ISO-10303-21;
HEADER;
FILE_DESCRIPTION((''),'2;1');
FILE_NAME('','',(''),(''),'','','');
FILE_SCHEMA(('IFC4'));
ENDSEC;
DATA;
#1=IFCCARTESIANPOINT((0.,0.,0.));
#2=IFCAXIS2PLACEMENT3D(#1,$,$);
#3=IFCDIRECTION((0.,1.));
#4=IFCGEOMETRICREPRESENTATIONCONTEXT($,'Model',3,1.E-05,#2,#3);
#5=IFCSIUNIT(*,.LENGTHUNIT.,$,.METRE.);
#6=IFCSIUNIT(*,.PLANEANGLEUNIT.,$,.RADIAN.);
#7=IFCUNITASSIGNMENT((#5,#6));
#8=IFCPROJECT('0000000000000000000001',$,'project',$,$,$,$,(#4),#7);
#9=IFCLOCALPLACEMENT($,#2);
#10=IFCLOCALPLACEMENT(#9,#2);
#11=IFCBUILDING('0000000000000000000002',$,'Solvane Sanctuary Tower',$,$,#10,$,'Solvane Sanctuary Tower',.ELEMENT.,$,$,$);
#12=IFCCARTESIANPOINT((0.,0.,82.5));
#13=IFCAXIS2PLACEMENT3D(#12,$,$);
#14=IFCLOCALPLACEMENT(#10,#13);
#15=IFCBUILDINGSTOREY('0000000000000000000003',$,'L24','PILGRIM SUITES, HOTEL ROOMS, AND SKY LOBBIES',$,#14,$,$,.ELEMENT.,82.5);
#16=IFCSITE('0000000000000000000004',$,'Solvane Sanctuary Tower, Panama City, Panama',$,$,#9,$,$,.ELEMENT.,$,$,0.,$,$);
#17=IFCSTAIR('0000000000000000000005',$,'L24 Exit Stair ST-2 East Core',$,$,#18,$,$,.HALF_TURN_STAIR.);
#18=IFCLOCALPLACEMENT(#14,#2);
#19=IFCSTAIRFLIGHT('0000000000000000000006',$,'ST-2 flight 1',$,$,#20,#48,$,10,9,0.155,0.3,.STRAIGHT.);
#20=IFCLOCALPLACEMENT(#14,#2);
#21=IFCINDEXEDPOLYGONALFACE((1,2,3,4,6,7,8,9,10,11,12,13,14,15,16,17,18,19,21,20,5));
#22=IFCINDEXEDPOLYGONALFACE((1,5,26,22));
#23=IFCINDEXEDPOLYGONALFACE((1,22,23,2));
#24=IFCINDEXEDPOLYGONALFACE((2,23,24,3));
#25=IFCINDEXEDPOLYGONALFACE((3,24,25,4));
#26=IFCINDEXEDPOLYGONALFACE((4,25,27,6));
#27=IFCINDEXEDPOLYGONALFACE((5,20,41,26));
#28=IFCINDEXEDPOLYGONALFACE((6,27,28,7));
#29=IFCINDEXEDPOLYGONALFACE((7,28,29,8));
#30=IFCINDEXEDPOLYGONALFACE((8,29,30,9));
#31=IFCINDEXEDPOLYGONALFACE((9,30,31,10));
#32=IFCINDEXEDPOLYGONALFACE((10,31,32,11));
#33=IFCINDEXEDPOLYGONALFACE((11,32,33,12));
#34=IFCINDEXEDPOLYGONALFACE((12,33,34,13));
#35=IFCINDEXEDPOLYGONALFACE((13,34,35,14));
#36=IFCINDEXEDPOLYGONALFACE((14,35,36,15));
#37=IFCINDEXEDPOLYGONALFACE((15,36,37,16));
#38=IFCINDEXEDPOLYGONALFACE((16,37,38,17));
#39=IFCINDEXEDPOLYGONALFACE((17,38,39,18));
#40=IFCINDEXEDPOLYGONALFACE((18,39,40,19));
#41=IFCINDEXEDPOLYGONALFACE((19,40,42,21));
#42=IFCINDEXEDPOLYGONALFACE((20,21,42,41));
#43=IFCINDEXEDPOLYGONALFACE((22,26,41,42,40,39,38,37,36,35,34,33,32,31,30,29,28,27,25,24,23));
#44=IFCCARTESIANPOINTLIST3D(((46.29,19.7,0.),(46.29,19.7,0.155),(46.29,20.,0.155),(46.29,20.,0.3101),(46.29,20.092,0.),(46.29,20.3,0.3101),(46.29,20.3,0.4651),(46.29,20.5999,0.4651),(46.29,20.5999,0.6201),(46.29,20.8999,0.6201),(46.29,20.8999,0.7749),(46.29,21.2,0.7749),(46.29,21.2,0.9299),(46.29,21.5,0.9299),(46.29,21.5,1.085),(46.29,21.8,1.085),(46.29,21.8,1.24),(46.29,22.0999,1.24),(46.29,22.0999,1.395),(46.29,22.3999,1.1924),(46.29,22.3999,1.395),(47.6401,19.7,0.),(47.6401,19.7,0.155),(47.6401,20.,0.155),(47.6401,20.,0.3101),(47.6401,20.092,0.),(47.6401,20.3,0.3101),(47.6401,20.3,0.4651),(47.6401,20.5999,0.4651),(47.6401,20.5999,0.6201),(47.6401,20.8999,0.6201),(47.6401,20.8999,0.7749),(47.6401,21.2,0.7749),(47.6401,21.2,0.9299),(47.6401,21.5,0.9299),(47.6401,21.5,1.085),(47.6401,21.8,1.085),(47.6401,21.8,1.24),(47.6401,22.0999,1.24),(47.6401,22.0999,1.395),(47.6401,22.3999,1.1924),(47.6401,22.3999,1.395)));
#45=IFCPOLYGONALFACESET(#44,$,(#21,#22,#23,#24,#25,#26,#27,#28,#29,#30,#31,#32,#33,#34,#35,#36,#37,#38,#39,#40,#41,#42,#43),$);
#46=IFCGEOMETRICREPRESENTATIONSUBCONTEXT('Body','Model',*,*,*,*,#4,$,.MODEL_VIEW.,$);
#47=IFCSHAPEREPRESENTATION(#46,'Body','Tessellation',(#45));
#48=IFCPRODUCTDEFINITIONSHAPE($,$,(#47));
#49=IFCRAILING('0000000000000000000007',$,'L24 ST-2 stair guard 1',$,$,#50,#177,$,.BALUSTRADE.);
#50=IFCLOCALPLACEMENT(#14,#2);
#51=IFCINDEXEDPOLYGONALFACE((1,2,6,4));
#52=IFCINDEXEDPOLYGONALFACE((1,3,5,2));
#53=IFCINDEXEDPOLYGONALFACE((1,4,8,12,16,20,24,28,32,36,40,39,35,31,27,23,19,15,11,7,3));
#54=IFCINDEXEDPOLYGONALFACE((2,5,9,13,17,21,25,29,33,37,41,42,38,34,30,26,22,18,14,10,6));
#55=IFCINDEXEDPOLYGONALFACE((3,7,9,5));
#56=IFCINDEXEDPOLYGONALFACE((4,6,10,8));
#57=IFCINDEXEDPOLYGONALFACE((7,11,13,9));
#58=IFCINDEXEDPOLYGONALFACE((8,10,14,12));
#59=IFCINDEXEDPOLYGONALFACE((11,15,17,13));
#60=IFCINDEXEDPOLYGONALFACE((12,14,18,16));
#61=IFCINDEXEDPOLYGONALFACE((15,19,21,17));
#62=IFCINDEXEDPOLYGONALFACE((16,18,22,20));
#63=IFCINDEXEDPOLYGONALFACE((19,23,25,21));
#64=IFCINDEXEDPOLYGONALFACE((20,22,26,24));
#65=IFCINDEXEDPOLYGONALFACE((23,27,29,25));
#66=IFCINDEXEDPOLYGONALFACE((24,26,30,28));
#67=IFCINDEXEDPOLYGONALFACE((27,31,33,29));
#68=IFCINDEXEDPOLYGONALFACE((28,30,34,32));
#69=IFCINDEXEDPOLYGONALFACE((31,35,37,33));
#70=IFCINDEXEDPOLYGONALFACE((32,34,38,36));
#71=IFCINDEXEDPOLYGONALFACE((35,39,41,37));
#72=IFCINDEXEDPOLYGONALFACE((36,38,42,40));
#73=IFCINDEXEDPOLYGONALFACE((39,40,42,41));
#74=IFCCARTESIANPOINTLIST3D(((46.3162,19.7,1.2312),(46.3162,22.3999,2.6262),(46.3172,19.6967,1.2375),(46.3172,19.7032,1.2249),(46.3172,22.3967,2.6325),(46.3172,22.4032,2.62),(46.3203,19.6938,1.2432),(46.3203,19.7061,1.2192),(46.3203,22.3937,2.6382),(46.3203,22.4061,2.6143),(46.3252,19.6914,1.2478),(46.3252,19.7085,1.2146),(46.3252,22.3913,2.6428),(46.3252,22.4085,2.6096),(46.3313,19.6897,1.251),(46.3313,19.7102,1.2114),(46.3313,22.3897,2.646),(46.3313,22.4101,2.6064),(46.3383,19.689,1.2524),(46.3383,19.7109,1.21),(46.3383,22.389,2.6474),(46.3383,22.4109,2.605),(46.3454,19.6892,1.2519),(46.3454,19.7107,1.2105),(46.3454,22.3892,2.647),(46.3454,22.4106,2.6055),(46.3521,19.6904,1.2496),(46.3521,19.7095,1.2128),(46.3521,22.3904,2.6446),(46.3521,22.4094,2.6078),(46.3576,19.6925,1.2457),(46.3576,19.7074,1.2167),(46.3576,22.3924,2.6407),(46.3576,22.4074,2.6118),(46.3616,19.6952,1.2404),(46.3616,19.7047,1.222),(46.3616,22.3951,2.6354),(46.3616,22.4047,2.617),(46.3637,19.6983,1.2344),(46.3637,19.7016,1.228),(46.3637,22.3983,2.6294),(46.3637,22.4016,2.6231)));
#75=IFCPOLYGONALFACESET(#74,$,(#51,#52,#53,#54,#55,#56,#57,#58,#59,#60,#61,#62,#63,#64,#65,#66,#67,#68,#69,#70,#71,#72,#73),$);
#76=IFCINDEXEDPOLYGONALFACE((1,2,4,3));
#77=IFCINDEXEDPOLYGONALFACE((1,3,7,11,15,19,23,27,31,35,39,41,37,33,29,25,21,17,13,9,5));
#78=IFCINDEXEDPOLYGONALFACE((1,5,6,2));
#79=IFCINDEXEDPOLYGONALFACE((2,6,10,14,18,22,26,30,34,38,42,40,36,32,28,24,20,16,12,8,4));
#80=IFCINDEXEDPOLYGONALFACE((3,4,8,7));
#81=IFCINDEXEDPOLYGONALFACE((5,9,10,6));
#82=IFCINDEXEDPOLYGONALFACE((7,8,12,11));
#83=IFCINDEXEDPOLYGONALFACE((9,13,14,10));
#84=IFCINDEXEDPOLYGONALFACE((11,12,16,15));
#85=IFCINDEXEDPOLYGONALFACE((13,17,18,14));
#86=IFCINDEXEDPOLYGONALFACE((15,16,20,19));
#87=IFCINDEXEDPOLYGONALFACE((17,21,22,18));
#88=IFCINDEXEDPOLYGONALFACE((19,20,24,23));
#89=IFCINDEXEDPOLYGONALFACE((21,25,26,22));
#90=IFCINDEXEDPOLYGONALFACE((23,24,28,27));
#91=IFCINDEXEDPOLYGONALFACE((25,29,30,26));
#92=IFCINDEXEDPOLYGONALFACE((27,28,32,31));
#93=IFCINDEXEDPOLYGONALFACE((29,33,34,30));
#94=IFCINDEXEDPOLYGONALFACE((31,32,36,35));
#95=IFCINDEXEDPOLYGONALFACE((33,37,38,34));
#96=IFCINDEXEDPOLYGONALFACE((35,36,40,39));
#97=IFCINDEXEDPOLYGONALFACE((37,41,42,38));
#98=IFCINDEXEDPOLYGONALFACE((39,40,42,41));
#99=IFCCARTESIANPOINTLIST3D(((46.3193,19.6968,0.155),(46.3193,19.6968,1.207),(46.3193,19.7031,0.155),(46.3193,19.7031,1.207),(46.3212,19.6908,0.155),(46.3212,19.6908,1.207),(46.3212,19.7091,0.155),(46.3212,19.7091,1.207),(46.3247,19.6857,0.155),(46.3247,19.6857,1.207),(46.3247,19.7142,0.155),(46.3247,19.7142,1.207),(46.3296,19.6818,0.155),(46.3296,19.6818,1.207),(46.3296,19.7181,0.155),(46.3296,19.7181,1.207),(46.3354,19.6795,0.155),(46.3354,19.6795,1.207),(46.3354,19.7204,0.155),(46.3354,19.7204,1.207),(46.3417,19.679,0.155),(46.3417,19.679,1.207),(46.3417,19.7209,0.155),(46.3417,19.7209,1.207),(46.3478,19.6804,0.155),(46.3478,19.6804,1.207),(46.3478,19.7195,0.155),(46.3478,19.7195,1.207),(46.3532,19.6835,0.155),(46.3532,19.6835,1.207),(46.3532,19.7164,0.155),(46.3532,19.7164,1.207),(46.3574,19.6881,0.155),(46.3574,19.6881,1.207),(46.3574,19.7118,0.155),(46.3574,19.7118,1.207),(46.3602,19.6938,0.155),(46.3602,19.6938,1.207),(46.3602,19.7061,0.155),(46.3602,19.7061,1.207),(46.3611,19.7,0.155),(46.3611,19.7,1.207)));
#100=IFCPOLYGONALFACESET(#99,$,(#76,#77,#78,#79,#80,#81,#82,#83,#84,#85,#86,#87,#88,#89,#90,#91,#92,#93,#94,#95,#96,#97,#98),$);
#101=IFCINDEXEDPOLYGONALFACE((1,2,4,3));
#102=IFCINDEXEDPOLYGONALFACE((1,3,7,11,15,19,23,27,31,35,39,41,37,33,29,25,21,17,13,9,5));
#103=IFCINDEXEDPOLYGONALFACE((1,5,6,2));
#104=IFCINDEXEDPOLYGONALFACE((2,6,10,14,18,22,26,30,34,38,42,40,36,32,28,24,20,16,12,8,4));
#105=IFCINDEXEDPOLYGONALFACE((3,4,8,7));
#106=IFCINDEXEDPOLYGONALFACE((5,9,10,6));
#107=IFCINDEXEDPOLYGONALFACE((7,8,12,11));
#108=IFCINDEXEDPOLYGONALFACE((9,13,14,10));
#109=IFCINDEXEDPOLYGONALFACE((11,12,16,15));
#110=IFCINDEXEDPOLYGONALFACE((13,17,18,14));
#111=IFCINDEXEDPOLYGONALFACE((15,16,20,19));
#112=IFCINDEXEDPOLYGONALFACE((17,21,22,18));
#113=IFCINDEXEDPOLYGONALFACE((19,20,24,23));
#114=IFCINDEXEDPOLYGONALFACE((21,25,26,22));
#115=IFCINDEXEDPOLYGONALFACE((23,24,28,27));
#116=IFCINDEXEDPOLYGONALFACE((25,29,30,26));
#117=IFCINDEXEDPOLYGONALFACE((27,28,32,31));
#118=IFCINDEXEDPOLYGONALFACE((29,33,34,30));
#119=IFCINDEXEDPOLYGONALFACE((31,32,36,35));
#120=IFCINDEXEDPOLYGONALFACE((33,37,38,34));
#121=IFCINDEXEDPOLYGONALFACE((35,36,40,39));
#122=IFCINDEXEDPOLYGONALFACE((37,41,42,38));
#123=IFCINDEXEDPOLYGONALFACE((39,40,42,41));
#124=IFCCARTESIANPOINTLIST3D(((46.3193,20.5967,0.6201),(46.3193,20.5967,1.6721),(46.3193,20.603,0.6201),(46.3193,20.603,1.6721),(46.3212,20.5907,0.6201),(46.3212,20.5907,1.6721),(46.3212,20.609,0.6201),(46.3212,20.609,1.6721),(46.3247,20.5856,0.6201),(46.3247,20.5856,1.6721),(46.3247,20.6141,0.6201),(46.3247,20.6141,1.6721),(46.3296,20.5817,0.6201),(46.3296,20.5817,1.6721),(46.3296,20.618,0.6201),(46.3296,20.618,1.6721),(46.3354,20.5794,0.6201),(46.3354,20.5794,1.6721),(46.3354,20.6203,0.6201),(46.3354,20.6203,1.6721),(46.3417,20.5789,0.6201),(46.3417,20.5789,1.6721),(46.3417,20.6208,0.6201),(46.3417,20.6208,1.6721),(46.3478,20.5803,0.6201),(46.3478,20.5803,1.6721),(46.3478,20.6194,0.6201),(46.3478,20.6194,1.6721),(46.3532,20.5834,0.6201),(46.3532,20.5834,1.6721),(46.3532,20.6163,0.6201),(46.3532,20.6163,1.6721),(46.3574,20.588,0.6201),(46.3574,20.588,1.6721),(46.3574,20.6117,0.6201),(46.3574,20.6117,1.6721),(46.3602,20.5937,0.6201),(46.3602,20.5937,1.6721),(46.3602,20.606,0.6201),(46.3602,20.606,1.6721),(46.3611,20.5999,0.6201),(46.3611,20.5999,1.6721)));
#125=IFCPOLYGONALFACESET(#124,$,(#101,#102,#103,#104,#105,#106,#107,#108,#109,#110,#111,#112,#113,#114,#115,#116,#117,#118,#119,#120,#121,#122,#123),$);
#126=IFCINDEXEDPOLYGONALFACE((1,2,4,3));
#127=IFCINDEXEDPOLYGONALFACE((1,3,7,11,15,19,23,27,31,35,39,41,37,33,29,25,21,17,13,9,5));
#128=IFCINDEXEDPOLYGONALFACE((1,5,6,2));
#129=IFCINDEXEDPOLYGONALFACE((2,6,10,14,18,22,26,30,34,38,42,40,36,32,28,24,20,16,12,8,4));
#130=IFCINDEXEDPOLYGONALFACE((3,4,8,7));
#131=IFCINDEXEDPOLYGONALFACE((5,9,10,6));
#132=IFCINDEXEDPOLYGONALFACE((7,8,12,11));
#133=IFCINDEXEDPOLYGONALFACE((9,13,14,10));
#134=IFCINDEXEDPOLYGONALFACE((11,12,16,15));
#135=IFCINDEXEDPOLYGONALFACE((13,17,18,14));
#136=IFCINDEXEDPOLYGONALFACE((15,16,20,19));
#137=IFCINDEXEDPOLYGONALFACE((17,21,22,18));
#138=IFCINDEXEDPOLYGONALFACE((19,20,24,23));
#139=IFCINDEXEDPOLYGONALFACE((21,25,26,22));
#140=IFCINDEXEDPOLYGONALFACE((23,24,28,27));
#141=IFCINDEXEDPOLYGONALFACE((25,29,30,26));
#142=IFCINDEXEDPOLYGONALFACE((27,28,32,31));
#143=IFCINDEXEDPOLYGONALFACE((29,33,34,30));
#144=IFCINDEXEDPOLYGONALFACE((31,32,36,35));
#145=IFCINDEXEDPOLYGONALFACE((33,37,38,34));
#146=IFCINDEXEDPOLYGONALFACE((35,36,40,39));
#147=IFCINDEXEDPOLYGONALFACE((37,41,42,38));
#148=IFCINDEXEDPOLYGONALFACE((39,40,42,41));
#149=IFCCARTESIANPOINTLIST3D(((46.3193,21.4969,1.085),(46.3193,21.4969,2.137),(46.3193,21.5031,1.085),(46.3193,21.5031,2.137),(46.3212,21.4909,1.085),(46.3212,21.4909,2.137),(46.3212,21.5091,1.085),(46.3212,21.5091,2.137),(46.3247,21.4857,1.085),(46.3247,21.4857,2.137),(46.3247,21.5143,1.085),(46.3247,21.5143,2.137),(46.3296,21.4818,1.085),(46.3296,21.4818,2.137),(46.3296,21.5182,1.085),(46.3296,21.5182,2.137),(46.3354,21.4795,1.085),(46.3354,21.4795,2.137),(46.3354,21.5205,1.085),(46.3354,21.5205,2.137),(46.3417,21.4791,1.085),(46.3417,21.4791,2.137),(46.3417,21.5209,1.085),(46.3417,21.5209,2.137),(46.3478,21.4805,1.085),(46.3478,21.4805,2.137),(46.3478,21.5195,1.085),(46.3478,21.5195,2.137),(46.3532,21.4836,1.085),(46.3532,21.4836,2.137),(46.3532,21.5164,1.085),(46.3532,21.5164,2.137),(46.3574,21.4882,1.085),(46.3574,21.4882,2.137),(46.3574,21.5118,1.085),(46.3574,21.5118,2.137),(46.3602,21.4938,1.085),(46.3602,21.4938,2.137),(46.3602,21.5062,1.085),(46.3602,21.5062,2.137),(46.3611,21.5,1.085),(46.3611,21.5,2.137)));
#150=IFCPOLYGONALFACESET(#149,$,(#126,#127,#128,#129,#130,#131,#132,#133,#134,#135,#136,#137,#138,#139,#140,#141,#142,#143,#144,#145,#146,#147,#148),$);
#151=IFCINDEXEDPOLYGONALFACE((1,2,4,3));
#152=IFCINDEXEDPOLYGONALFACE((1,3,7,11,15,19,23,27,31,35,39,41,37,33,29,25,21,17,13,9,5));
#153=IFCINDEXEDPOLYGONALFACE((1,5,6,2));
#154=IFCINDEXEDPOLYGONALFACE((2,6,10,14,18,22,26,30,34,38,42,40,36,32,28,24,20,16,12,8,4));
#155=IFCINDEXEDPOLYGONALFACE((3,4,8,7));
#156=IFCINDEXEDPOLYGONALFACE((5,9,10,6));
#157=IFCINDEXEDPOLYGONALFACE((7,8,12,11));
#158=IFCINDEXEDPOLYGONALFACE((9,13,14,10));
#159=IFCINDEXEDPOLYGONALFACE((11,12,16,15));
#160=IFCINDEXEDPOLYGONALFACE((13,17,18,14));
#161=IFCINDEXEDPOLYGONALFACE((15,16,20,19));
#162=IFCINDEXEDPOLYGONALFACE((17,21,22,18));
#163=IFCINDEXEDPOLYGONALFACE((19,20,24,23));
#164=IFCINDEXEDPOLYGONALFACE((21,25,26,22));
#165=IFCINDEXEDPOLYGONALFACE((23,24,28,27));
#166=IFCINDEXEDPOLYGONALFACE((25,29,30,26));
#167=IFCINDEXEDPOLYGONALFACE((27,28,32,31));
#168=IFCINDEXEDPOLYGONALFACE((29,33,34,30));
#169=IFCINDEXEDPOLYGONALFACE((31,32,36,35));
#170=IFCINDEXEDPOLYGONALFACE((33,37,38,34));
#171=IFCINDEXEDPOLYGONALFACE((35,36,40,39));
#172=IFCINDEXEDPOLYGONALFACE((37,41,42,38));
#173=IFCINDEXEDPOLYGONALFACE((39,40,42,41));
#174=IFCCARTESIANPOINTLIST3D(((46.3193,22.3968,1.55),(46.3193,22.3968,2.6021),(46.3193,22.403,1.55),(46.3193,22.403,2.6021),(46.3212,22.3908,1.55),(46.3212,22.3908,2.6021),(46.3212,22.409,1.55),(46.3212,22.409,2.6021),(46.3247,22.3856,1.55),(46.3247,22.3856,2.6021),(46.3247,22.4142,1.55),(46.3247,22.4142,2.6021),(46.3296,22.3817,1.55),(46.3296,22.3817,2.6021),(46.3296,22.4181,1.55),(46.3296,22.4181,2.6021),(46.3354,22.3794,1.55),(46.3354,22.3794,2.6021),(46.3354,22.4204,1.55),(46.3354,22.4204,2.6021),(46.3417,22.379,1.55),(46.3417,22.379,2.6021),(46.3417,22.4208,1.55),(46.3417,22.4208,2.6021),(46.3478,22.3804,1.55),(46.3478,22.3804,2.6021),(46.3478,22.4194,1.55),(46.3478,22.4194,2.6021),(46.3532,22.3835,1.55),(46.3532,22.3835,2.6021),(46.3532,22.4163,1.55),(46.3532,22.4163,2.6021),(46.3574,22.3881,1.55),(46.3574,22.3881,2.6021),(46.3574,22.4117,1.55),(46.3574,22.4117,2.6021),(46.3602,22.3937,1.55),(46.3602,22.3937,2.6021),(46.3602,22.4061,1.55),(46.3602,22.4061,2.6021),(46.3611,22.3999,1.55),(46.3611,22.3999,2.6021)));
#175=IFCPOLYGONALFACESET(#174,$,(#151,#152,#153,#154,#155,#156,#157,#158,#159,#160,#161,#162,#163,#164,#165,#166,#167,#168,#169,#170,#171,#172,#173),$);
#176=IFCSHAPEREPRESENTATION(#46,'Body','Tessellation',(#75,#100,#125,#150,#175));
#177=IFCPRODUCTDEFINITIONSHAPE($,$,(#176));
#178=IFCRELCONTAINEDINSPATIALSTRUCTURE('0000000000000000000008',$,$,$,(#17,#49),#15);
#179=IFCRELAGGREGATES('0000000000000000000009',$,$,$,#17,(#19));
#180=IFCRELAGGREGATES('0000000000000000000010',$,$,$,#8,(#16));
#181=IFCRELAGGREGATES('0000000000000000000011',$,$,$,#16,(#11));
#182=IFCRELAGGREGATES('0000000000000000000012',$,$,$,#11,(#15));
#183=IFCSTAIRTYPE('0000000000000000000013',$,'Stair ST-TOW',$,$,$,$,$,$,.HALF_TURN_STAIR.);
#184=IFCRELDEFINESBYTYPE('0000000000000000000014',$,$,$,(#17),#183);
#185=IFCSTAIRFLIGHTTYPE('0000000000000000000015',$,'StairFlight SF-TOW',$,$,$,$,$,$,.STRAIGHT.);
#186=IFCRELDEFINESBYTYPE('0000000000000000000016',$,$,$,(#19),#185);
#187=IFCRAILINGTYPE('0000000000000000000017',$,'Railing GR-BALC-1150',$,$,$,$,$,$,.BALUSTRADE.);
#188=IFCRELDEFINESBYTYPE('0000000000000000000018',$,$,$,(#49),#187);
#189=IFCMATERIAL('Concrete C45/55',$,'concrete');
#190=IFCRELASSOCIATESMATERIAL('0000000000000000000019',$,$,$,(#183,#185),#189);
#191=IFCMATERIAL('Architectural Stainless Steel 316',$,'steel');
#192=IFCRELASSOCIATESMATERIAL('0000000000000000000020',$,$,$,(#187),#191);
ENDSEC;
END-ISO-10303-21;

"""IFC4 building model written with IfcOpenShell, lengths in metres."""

from ifc_helpers import new_model, si_unit, direction, frame, origin, origin_2d, place, context, subcontext, project, spatial, polyline, circle, outline, extrude, material, type_object, element, aggregate, save


model = new_model("IFC4")

# Units and contexts
model_context = context("Model", 3, precision=1e-05, world=origin(), true_north=direction((0.0, 1.0)))
body_context = subcontext(model_context, "Body", "Model", "MODEL_VIEW")
ifc_project = project(units=[si_unit("LENGTHUNIT", "METRE"), si_unit("PLANEANGLEUNIT", "RADIAN")], contexts=[model_context])

# Site, building, storey
site_placement = place(None, origin())
site = spatial("IfcSite", under=ifc_project, at=site_placement, Name="Solvane Sanctuary Tower, Panama City, Panama", CompositionType="ELEMENT", RefElevation=0.0)
building_placement = place(site_placement, origin())
building = spatial("IfcBuilding", under=site, at=building_placement, Name="Solvane Sanctuary Tower", LongName="Solvane Sanctuary Tower", CompositionType="ELEMENT")
storey_placement = place(building_placement, frame((0.0, 0.0, 82.5)))
storey = spatial("IfcBuildingStorey", under=building, at=storey_placement, Name="L24", Description="PILGRIM SUITES, HOTEL ROOMS, AND SKY LOBBIES", CompositionType="ELEMENT", Elevation=82.5)

# Shared definitions
ifc_material_1 = material(Name="Architectural Stainless Steel 316", Category="steel")

# Stair, stair flight
ifc_material_2 = material(Name="Concrete C45/55", Category="concrete")
stair_type = type_object("IfcStairType", Name="Stair ST-TOW", PredefinedType="HALF_TURN_STAIR", material=ifc_material_2)
stair_placement = place(storey_placement, origin())
stair = element("IfcStair", 1, at=stair_placement, inside=storey, type_object=stair_type, Name="L24 Exit Stair ST-2 East Core", PredefinedType="HALF_TURN_STAIR")
stair_flight_type = type_object("IfcStairFlightType", Name="StairFlight SF-TOW", PredefinedType="STRAIGHT", material=ifc_material_2)
stair_flight_placement = place(storey_placement, frame((46.9651, 19.7, 0.0), z_axis=(0.0, 0.0, 1.0), x_axis=(0.0, 1.0, 0.0)))
stair_flight = element("IfcStairFlight", 2, at=stair_flight_placement, type_object=stair_flight_type, Name="ST-2 flight 1", NumberOfRisers=10, NumberOfTreads=9, PredefinedType="STRAIGHT", RiserHeight=0.155, TreadLength=0.3, context=body_context, shape_type="SweptSolid", body=[
    extrude(outline(polyline([(0.0, 0.0), (0.0, 0.155), (0.3, 0.155), (0.3, 0.3101), (0.6001, 0.3101), (0.6001, 0.4651), (0.8999, 0.4651), (0.8999, 0.6201), (1.2, 0.6201), (1.2, 0.7749), (1.5, 0.7749), (1.5, 0.9299), (1.8, 0.9299), (1.8, 1.085), (2.1001, 1.085), (2.1001, 1.24), (2.3999, 1.24), (2.3999, 1.395), (2.7, 1.395), (2.7, 1.55), (2.7, 1.1924), (0.3921, 0.0), (0.0, 0.0)])), frame((0.0, 0.675, 0.0), z_axis=(0.0, -1.0, 0.0), x_axis=(1.0, 0.0, 0.0)), (0.0, 0.0, 1.0), 1.3501),
])
aggregate(stair, [stair_flight])

# Railing
railing_type_1 = type_object("IfcRailingType", Name="Railing GR-BALC-1150", PredefinedType="BALUSTRADE", material=ifc_material_1)
railing_1_placement = place(storey_placement, frame((46.3401, 19.7, 0.155)))
element("IfcRailing", 3, at=railing_1_placement, inside=storey, type_object=railing_type_1, Name="L24 ST-2 stair guard 1", PredefinedType="BALUSTRADE", context=body_context, shape_type="SweptSolid", body=[
    extrude(circle(Radius=0.0239, at=origin_2d()), frame((0.0, 0.0, 1.0762), z_axis=(0.0, 0.88842, 0.459032), x_axis=(-1.0, 0.0, 0.0)), (0.0, 0.0, 1.0), 3.0391),
    extrude(circle(Radius=0.021, at=origin_2d()), origin(), (0.0, 0.0, 1.0), 1.052),
    extrude(circle(Radius=0.021, at=origin_2d()), frame((0.0, 0.8999, 0.4651)), (0.0, 0.0, 1.0), 1.052),
    extrude(circle(Radius=0.021, at=origin_2d()), frame((0.0, 1.8, 0.9299)), (0.0, 0.0, 1.0), 1.052),
    extrude(circle(Radius=0.021, at=origin_2d()), frame((0.0, 2.7, 1.395)), (0.0, 0.0, 1.0), 1.052),
])

save(model, "model.ifc")
